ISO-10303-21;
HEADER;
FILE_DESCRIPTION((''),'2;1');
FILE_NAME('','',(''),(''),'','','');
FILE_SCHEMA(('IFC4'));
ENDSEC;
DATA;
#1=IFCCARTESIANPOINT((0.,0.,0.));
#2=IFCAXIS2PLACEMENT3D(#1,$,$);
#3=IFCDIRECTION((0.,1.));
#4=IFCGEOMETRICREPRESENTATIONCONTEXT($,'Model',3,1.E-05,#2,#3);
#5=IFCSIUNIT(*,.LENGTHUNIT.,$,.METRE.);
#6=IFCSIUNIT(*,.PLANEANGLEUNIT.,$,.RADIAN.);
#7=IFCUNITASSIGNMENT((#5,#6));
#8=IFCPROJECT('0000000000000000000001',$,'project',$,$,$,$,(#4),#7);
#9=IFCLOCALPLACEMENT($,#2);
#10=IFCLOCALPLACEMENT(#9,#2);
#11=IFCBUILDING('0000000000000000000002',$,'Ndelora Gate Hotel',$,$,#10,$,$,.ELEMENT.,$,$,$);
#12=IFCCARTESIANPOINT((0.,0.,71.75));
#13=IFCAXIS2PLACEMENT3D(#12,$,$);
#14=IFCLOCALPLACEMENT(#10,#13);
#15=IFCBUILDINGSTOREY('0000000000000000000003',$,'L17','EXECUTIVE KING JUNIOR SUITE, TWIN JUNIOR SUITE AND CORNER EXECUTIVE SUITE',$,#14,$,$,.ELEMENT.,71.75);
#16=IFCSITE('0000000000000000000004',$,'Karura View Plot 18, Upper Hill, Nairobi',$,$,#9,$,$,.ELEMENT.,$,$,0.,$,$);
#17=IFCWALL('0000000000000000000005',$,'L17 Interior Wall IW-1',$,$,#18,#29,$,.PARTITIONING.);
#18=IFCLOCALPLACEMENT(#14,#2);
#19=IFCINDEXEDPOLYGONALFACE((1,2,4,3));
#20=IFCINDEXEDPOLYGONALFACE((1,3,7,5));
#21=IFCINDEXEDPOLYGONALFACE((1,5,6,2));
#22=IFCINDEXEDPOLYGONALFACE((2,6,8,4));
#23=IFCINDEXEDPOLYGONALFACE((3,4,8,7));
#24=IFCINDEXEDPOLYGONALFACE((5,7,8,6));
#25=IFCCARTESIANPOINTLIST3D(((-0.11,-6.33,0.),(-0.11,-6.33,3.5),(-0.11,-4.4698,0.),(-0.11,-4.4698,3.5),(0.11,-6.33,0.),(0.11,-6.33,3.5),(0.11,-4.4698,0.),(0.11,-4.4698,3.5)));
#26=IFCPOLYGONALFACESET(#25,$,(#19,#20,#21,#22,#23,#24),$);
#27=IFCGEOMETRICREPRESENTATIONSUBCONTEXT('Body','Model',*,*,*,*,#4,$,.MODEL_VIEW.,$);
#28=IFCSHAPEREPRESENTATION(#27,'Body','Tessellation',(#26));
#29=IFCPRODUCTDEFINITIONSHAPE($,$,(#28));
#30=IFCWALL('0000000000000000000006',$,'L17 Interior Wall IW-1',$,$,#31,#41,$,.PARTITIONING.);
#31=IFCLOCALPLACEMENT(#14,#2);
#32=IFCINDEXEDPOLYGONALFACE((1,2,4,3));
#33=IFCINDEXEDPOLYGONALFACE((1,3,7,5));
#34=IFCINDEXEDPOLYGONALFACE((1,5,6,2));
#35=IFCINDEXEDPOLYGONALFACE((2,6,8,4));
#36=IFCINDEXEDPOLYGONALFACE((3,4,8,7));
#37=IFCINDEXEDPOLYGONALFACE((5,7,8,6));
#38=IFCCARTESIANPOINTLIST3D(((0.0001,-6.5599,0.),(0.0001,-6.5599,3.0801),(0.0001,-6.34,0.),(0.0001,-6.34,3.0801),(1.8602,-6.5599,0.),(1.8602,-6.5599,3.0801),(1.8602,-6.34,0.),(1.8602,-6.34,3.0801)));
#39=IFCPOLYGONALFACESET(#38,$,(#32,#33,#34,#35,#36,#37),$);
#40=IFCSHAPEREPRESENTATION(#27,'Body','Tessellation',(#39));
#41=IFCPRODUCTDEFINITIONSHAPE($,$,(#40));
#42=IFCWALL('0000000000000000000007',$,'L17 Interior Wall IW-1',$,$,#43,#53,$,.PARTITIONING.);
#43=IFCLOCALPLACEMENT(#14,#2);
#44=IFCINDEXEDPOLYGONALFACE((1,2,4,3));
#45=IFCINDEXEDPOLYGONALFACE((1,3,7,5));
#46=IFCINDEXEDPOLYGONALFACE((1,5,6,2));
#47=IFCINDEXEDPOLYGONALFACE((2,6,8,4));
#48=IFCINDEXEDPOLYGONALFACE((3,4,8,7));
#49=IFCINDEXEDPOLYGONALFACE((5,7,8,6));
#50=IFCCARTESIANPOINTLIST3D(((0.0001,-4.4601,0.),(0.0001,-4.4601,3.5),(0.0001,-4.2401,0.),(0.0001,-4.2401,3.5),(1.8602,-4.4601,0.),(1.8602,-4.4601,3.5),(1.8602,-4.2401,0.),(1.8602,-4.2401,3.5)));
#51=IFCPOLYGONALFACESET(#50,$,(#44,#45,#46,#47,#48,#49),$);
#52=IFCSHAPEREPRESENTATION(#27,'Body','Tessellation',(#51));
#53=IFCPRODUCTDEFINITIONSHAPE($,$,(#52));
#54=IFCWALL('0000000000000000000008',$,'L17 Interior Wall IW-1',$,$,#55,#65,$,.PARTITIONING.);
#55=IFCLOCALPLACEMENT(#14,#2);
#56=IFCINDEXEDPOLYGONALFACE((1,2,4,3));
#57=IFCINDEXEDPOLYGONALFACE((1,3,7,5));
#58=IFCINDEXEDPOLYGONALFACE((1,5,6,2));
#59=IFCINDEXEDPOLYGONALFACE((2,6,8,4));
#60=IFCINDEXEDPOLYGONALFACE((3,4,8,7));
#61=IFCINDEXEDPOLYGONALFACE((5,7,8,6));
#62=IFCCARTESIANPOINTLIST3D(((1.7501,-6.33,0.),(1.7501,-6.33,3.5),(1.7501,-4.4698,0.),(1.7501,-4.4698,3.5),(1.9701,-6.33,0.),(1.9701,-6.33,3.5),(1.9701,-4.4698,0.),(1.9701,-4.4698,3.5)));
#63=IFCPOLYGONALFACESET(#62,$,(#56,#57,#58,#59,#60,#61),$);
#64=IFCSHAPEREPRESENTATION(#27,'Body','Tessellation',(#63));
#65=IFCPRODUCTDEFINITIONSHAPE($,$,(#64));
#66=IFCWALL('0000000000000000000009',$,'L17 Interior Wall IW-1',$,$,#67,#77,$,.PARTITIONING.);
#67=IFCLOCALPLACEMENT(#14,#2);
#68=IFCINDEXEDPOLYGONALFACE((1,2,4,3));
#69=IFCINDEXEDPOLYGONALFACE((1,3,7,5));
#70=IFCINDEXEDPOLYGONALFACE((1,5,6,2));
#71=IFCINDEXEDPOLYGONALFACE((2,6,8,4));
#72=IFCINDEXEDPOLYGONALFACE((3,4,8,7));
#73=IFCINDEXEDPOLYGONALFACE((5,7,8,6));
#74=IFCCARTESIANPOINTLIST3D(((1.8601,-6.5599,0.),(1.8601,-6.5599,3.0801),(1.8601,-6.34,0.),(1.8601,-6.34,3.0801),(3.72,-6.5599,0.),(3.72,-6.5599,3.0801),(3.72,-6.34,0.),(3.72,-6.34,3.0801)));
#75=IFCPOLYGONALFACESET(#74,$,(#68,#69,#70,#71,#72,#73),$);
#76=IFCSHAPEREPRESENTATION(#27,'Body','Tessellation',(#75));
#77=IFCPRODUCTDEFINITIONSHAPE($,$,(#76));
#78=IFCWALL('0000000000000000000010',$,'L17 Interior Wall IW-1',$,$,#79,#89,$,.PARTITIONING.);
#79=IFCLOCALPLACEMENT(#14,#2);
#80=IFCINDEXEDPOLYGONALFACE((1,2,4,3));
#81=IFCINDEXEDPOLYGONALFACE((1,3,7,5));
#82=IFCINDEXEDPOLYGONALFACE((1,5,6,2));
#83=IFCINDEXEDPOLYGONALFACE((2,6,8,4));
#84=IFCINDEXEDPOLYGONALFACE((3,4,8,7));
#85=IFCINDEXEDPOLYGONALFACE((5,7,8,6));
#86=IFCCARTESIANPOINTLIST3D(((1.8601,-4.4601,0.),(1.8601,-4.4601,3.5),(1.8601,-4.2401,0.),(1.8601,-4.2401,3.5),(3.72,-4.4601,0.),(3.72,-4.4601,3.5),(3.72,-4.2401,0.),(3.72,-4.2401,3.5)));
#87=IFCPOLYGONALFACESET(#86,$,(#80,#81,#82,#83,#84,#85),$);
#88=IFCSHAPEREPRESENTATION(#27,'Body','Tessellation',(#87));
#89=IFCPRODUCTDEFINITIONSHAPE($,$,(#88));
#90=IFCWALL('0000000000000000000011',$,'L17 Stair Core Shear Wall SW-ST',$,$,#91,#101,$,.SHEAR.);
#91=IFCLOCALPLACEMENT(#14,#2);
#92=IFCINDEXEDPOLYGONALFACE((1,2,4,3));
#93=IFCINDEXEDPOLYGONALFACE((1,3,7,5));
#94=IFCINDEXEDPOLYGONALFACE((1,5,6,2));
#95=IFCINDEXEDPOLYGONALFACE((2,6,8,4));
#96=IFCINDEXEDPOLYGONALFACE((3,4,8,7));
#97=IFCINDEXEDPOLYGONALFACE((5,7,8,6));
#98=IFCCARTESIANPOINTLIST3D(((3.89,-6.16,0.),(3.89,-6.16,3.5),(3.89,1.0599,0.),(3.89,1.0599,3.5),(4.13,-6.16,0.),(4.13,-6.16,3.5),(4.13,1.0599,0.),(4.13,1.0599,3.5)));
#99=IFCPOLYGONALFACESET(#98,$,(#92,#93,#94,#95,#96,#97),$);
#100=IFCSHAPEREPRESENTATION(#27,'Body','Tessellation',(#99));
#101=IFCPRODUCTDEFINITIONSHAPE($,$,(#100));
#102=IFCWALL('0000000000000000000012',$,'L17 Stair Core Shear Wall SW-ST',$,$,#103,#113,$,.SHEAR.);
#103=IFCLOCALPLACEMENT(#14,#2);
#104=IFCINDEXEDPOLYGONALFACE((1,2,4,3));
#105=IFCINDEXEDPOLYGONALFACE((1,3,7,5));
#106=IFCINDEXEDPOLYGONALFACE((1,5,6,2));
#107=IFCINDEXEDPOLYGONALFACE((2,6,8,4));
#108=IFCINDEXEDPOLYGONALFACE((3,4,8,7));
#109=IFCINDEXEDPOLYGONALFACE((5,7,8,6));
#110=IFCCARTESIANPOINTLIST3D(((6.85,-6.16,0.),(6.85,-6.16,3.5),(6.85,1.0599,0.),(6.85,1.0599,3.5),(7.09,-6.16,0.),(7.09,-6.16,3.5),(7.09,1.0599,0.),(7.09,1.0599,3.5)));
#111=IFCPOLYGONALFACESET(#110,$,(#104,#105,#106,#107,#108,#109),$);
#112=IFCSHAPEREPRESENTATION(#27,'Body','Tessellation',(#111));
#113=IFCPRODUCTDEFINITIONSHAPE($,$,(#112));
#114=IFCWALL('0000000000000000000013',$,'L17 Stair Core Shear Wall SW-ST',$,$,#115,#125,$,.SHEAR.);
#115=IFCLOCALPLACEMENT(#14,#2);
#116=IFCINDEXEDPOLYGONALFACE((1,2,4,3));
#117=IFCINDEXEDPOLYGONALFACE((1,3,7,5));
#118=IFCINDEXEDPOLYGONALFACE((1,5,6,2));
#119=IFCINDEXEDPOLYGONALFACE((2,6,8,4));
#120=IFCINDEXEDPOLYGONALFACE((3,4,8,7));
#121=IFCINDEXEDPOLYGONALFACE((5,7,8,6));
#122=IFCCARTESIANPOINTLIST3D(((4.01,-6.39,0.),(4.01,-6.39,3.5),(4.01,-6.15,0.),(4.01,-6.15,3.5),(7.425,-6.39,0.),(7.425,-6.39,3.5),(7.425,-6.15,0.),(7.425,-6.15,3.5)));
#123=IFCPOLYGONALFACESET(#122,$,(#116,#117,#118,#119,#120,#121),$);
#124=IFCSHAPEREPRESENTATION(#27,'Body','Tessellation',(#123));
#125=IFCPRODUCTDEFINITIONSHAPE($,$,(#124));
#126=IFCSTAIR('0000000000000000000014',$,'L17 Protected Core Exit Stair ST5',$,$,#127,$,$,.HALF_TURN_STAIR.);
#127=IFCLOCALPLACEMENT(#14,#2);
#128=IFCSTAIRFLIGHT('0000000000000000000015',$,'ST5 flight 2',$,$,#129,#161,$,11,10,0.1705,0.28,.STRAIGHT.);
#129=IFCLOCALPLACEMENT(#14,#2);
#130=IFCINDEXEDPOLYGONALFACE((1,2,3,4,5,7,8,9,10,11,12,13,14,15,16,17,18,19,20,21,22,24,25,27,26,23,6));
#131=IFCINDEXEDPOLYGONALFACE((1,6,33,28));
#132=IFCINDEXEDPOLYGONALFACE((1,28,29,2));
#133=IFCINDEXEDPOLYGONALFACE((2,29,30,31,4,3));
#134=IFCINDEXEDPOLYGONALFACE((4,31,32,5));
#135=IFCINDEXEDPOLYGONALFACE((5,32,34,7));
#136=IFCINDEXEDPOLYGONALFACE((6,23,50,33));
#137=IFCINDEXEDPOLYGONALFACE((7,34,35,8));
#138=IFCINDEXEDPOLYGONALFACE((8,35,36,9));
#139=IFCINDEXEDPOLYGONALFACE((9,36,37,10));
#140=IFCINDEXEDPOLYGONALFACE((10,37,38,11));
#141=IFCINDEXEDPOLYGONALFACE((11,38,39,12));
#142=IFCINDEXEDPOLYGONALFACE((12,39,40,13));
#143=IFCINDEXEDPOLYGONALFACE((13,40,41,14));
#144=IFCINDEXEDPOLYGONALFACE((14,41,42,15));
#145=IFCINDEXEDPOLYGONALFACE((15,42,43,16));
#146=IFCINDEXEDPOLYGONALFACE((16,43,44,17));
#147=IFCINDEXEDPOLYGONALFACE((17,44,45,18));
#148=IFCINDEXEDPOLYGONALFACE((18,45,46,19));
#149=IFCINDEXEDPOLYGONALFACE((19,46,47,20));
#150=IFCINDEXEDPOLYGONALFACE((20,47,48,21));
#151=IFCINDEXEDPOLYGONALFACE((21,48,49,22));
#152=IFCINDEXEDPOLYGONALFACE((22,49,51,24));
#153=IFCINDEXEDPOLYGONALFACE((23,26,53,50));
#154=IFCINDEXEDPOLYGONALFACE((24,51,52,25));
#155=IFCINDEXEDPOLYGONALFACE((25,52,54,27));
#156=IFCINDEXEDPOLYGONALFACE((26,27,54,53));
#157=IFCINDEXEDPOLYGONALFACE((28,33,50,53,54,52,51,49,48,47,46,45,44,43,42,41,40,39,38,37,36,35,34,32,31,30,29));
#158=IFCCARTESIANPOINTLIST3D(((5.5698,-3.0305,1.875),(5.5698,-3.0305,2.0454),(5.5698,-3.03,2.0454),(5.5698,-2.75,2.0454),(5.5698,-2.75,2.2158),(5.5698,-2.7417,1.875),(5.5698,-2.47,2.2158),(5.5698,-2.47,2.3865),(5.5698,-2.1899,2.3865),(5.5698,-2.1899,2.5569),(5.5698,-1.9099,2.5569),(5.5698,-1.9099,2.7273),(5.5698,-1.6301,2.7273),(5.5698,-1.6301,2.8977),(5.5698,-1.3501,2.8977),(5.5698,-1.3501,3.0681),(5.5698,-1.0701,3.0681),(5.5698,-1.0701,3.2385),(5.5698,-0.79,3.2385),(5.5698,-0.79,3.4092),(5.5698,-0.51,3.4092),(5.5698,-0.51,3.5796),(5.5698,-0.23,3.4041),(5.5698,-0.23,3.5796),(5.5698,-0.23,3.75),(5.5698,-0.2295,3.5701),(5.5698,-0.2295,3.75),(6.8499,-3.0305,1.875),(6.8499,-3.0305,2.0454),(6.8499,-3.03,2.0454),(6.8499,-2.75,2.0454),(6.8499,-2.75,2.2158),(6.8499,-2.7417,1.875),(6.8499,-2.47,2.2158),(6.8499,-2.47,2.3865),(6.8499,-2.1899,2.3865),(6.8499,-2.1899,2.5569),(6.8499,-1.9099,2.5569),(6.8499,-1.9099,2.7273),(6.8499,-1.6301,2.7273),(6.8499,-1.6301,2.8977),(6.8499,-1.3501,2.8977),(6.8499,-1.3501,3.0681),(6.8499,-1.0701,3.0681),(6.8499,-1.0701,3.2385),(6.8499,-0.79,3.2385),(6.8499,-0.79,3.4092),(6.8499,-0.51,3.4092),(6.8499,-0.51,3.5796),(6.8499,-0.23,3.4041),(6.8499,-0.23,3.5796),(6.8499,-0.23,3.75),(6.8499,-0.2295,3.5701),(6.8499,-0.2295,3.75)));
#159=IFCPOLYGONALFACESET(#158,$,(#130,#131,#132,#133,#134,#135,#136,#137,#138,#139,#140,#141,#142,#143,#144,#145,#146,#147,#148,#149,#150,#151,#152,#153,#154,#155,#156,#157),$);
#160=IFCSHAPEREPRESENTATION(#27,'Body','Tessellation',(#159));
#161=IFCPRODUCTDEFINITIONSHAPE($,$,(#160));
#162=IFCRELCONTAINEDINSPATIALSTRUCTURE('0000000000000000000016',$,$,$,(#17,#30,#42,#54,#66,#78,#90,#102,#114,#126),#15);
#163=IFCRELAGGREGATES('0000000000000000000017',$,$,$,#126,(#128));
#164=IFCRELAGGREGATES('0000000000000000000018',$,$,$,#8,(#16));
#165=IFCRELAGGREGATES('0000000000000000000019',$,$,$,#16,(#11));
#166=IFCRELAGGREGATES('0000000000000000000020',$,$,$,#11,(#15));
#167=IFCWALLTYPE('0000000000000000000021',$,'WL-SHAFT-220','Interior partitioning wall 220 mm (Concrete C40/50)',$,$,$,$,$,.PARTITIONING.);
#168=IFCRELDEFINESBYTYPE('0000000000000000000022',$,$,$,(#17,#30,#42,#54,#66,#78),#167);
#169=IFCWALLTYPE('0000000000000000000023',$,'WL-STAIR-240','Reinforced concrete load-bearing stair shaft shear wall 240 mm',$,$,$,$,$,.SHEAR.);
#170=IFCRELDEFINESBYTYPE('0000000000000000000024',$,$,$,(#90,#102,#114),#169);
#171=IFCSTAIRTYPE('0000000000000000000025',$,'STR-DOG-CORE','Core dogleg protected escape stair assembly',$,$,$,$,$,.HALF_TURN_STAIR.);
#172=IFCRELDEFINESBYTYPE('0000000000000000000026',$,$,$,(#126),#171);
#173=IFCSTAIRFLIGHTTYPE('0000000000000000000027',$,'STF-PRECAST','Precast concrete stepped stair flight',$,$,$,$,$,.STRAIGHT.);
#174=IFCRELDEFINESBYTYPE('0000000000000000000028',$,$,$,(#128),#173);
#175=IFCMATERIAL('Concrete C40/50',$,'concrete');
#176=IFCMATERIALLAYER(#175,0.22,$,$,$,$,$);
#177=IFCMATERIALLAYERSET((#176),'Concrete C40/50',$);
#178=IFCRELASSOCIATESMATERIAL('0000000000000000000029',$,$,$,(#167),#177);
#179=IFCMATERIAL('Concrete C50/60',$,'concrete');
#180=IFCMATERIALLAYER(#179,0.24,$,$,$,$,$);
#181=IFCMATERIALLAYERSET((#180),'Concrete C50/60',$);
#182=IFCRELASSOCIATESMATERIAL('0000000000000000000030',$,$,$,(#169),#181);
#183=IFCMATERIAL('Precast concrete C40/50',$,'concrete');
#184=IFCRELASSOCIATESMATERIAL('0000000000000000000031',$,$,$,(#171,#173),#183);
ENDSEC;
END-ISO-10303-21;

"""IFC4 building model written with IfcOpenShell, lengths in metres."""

from ifc_helpers import new_model, si_unit, direction, frame, frame_2d, origin, place, context, subcontext, project, spatial, polyline, rectangle, outline, extrude, material, layer, layer_set, type_object, element, aggregate, save


model = new_model("IFC4")

# Units and contexts
model_context = context("Model", 3, precision=1e-05, world=origin(), true_north=direction((0.0, 1.0)))
body_context = subcontext(model_context, "Body", "Model", "MODEL_VIEW")
ifc_project = project(units=[si_unit("LENGTHUNIT", "METRE"), si_unit("PLANEANGLEUNIT", "RADIAN")], contexts=[model_context])

# Site, building, storey
site_placement = place(None, origin())
site = spatial("IfcSite", under=ifc_project, at=site_placement, Name="Karura View Plot 18, Upper Hill, Nairobi", CompositionType="ELEMENT", RefElevation=0.0)
building_placement = place(site_placement, origin())
building = spatial("IfcBuilding", under=site, at=building_placement, Name="Ndelora Gate Hotel", CompositionType="ELEMENT")
storey_placement = place(building_placement, frame((0.0, 0.0, 71.75)))
storey = spatial("IfcBuildingStorey", under=building, at=storey_placement, Name="L17", Description="EXECUTIVE KING JUNIOR SUITE, TWIN JUNIOR SUITE AND CORNER EXECUTIVE SUITE", CompositionType="ELEMENT", Elevation=71.75)

# Walls
ifc_material_1 = material(Name="Concrete C40/50", Category="concrete")
ifc_layer_1 = layer(ifc_material_1, 0.22)
ifc_layer_set_1 = layer_set([ifc_layer_1], Name="Concrete C40/50")
wall_type_1 = type_object("IfcWallType", Name="WL-SHAFT-220", Description="Interior partitioning wall 220 mm (Concrete C40/50)", PredefinedType="PARTITIONING", material=ifc_layer_set_1)
wall_1_placement = place(storey_placement, frame((0.0, -6.3301, 0.0), z_axis=(0.0, 0.0, 1.0), x_axis=(0.0, 1.0, 0.0)))
element("IfcWall", 1, at=wall_1_placement, inside=storey, type_object=wall_type_1, Name="L17 Interior Wall IW-1", PredefinedType="PARTITIONING", context=body_context, shape_type="SweptSolid", body=[
    extrude(rectangle(XDim=1.8601, YDim=0.22, at=frame_2d((0.9302, 0.0))), origin(), (0.0, 0.0, 1.0), 3.5),
])
wall_2_placement = place(storey_placement, frame((0.0, -6.45, 0.0), z_axis=(0.0, 0.0, 1.0), x_axis=(1.0, 0.0, 0.0)))
element("IfcWall", 2, at=wall_2_placement, inside=storey, type_object=wall_type_1, Name="L17 Interior Wall IW-1", PredefinedType="PARTITIONING", context=body_context, shape_type="SweptSolid", body=[
    extrude(rectangle(XDim=1.8601, YDim=0.22, at=frame_2d((0.9302, 0.0))), origin(), (0.0, 0.0, 1.0), 3.0801),
])
for number, where, z_axis, x_axis, name in (
    (3, (0.0, -4.3501, 0.0), (0.0, 0.0, 1.0), (1.0, 0.0, 0.0), "L17 Interior Wall IW-1"),
    (4, (1.8601, -6.3301, 0.0), (0.0, 0.0, 1.0), (0.0, 1.0, 0.0), "L17 Interior Wall IW-1"),
):
    element("IfcWall", number, at=place(storey_placement, frame(where, z_axis=z_axis, x_axis=x_axis)), inside=storey, type_object=wall_type_1, Name=name, PredefinedType="PARTITIONING", context=body_context, shape_type="SweptSolid", body=[
        extrude(rectangle(XDim=1.8601, YDim=0.22, at=frame_2d((0.9302, 0.0))), origin(), (0.0, 0.0, 1.0), 3.5),
    ])
wall_3_placement = place(storey_placement, frame((1.8601, -6.45, 0.0), z_axis=(0.0, 0.0, 1.0), x_axis=(1.0, 0.0, 0.0)))
element("IfcWall", 5, at=wall_3_placement, inside=storey, type_object=wall_type_1, Name="L17 Interior Wall IW-1", PredefinedType="PARTITIONING", context=body_context, shape_type="SweptSolid", body=[
    extrude(rectangle(XDim=1.8599, YDim=0.22, at=frame_2d((0.9299, 0.0))), origin(), (0.0, 0.0, 1.0), 3.0801),
])
wall_4_placement = place(storey_placement, frame((1.8601, -4.3501, 0.0), z_axis=(0.0, 0.0, 1.0), x_axis=(1.0, 0.0, 0.0)))
element("IfcWall", 6, at=wall_4_placement, inside=storey, type_object=wall_type_1, Name="L17 Interior Wall IW-1", PredefinedType="PARTITIONING", context=body_context, shape_type="SweptSolid", body=[
    extrude(rectangle(XDim=1.8599, YDim=0.22, at=frame_2d((0.9299, 0.0))), origin(), (0.0, 0.0, 1.0), 3.5),
])
ifc_material_2 = material(Name="Concrete C50/60", Category="concrete")
ifc_layer_2 = layer(ifc_material_2, 0.24)
ifc_layer_set_2 = layer_set([ifc_layer_2], Name="Concrete C50/60")
wall_type_2 = type_object("IfcWallType", Name="WL-STAIR-240", Description="Reinforced concrete load-bearing stair shaft shear wall 240 mm", PredefinedType="SHEAR", material=ifc_layer_set_2)
for number, where, z_axis, x_axis, name in (
    (7, (4.01, -6.1599, 0.0), (0.0, 0.0, 1.0), (0.0, 1.0, 0.0), "L17 Stair Core Shear Wall SW-ST"),
    (8, (6.97, -6.1599, 0.0), (0.0, 0.0, 1.0), (0.0, 1.0, 0.0), "L17 Stair Core Shear Wall SW-ST"),
):
    element("IfcWall", number, at=place(storey_placement, frame(where, z_axis=z_axis, x_axis=x_axis)), inside=storey, type_object=wall_type_2, Name=name, PredefinedType="SHEAR", context=body_context, shape_type="SweptSolid", body=[
        extrude(rectangle(XDim=7.22, YDim=0.24, at=frame_2d((3.6099, 0.0))), origin(), (0.0, 0.0, 1.0), 3.5),
    ])
wall_5_placement = place(storey_placement, frame((4.01, -6.27, 0.0), z_axis=(0.0, 0.0, 1.0), x_axis=(1.0, 0.0, 0.0)))
element("IfcWall", 9, at=wall_5_placement, inside=storey, type_object=wall_type_2, Name="L17 Stair Core Shear Wall SW-ST", PredefinedType="SHEAR", context=body_context, shape_type="SweptSolid", body=[
    extrude(rectangle(XDim=3.415, YDim=0.24, at=frame_2d((1.7075, 0.0))), origin(), (0.0, 0.0, 1.0), 3.5),
])

# Stair, stair flight
ifc_material_3 = material(Name="Precast concrete C40/50", Category="concrete")
stair_type = type_object("IfcStairType", Name="STR-DOG-CORE", Description="Core dogleg protected escape stair assembly", PredefinedType="HALF_TURN_STAIR", material=ifc_material_3)
stair_placement = place(storey_placement, origin())
stair = element("IfcStair", 10, at=stair_placement, inside=storey, type_object=stair_type, Name="L17 Protected Core Exit Stair ST5", PredefinedType="HALF_TURN_STAIR")
stair_flight_type = type_object("IfcStairFlightType", Name="STF-PRECAST", Description="Precast concrete stepped stair flight", PredefinedType="STRAIGHT", material=ifc_material_3)
stair_flight_placement = place(storey_placement, frame((6.21, -3.03, 1.875), z_axis=(0.0, 0.0, 1.0), x_axis=(0.0, 1.0, 0.0)))
stair_flight = element("IfcStairFlight", 11, at=stair_flight_placement, type_object=stair_flight_type, Name="ST5 flight 2", NumberOfRisers=11, NumberOfTreads=10, PredefinedType="STRAIGHT", RiserHeight=0.1705, TreadLength=0.28, context=body_context, shape_type="SweptSolid", body=[
    extrude(outline(polyline([(-0.0005, 0.0), (-0.0005, 0.1704), (0.0, 0.1704), (0.28, 0.1704), (0.28, 0.3408), (0.5601, 0.3408), (0.5601, 0.5115), (0.8401, 0.5115), (0.8401, 0.6819), (1.1201, 0.6819), (1.1201, 0.8523), (1.3999, 0.8523), (1.3999, 1.0227), (1.6799, 1.0227), (1.6799, 1.1931), (1.96, 1.1931), (1.96, 1.3635), (2.24, 1.3635), (2.24, 1.5342), (2.52, 1.5342), (2.52, 1.7046), (2.8, 1.7046), (2.8, 1.875), (2.8005, 1.875), (2.8005, 1.6951), (2.8, 1.5291), (0.2883, 0.0), (-0.0005, 0.0)])), frame((0.0, 0.6401, 0.0), z_axis=(0.0, -1.0, 0.0), x_axis=(1.0, 0.0, 0.0)), (0.0, 0.0, 1.0), 1.28),
])
aggregate(stair, [stair_flight])

save(model, "model.ifc")
